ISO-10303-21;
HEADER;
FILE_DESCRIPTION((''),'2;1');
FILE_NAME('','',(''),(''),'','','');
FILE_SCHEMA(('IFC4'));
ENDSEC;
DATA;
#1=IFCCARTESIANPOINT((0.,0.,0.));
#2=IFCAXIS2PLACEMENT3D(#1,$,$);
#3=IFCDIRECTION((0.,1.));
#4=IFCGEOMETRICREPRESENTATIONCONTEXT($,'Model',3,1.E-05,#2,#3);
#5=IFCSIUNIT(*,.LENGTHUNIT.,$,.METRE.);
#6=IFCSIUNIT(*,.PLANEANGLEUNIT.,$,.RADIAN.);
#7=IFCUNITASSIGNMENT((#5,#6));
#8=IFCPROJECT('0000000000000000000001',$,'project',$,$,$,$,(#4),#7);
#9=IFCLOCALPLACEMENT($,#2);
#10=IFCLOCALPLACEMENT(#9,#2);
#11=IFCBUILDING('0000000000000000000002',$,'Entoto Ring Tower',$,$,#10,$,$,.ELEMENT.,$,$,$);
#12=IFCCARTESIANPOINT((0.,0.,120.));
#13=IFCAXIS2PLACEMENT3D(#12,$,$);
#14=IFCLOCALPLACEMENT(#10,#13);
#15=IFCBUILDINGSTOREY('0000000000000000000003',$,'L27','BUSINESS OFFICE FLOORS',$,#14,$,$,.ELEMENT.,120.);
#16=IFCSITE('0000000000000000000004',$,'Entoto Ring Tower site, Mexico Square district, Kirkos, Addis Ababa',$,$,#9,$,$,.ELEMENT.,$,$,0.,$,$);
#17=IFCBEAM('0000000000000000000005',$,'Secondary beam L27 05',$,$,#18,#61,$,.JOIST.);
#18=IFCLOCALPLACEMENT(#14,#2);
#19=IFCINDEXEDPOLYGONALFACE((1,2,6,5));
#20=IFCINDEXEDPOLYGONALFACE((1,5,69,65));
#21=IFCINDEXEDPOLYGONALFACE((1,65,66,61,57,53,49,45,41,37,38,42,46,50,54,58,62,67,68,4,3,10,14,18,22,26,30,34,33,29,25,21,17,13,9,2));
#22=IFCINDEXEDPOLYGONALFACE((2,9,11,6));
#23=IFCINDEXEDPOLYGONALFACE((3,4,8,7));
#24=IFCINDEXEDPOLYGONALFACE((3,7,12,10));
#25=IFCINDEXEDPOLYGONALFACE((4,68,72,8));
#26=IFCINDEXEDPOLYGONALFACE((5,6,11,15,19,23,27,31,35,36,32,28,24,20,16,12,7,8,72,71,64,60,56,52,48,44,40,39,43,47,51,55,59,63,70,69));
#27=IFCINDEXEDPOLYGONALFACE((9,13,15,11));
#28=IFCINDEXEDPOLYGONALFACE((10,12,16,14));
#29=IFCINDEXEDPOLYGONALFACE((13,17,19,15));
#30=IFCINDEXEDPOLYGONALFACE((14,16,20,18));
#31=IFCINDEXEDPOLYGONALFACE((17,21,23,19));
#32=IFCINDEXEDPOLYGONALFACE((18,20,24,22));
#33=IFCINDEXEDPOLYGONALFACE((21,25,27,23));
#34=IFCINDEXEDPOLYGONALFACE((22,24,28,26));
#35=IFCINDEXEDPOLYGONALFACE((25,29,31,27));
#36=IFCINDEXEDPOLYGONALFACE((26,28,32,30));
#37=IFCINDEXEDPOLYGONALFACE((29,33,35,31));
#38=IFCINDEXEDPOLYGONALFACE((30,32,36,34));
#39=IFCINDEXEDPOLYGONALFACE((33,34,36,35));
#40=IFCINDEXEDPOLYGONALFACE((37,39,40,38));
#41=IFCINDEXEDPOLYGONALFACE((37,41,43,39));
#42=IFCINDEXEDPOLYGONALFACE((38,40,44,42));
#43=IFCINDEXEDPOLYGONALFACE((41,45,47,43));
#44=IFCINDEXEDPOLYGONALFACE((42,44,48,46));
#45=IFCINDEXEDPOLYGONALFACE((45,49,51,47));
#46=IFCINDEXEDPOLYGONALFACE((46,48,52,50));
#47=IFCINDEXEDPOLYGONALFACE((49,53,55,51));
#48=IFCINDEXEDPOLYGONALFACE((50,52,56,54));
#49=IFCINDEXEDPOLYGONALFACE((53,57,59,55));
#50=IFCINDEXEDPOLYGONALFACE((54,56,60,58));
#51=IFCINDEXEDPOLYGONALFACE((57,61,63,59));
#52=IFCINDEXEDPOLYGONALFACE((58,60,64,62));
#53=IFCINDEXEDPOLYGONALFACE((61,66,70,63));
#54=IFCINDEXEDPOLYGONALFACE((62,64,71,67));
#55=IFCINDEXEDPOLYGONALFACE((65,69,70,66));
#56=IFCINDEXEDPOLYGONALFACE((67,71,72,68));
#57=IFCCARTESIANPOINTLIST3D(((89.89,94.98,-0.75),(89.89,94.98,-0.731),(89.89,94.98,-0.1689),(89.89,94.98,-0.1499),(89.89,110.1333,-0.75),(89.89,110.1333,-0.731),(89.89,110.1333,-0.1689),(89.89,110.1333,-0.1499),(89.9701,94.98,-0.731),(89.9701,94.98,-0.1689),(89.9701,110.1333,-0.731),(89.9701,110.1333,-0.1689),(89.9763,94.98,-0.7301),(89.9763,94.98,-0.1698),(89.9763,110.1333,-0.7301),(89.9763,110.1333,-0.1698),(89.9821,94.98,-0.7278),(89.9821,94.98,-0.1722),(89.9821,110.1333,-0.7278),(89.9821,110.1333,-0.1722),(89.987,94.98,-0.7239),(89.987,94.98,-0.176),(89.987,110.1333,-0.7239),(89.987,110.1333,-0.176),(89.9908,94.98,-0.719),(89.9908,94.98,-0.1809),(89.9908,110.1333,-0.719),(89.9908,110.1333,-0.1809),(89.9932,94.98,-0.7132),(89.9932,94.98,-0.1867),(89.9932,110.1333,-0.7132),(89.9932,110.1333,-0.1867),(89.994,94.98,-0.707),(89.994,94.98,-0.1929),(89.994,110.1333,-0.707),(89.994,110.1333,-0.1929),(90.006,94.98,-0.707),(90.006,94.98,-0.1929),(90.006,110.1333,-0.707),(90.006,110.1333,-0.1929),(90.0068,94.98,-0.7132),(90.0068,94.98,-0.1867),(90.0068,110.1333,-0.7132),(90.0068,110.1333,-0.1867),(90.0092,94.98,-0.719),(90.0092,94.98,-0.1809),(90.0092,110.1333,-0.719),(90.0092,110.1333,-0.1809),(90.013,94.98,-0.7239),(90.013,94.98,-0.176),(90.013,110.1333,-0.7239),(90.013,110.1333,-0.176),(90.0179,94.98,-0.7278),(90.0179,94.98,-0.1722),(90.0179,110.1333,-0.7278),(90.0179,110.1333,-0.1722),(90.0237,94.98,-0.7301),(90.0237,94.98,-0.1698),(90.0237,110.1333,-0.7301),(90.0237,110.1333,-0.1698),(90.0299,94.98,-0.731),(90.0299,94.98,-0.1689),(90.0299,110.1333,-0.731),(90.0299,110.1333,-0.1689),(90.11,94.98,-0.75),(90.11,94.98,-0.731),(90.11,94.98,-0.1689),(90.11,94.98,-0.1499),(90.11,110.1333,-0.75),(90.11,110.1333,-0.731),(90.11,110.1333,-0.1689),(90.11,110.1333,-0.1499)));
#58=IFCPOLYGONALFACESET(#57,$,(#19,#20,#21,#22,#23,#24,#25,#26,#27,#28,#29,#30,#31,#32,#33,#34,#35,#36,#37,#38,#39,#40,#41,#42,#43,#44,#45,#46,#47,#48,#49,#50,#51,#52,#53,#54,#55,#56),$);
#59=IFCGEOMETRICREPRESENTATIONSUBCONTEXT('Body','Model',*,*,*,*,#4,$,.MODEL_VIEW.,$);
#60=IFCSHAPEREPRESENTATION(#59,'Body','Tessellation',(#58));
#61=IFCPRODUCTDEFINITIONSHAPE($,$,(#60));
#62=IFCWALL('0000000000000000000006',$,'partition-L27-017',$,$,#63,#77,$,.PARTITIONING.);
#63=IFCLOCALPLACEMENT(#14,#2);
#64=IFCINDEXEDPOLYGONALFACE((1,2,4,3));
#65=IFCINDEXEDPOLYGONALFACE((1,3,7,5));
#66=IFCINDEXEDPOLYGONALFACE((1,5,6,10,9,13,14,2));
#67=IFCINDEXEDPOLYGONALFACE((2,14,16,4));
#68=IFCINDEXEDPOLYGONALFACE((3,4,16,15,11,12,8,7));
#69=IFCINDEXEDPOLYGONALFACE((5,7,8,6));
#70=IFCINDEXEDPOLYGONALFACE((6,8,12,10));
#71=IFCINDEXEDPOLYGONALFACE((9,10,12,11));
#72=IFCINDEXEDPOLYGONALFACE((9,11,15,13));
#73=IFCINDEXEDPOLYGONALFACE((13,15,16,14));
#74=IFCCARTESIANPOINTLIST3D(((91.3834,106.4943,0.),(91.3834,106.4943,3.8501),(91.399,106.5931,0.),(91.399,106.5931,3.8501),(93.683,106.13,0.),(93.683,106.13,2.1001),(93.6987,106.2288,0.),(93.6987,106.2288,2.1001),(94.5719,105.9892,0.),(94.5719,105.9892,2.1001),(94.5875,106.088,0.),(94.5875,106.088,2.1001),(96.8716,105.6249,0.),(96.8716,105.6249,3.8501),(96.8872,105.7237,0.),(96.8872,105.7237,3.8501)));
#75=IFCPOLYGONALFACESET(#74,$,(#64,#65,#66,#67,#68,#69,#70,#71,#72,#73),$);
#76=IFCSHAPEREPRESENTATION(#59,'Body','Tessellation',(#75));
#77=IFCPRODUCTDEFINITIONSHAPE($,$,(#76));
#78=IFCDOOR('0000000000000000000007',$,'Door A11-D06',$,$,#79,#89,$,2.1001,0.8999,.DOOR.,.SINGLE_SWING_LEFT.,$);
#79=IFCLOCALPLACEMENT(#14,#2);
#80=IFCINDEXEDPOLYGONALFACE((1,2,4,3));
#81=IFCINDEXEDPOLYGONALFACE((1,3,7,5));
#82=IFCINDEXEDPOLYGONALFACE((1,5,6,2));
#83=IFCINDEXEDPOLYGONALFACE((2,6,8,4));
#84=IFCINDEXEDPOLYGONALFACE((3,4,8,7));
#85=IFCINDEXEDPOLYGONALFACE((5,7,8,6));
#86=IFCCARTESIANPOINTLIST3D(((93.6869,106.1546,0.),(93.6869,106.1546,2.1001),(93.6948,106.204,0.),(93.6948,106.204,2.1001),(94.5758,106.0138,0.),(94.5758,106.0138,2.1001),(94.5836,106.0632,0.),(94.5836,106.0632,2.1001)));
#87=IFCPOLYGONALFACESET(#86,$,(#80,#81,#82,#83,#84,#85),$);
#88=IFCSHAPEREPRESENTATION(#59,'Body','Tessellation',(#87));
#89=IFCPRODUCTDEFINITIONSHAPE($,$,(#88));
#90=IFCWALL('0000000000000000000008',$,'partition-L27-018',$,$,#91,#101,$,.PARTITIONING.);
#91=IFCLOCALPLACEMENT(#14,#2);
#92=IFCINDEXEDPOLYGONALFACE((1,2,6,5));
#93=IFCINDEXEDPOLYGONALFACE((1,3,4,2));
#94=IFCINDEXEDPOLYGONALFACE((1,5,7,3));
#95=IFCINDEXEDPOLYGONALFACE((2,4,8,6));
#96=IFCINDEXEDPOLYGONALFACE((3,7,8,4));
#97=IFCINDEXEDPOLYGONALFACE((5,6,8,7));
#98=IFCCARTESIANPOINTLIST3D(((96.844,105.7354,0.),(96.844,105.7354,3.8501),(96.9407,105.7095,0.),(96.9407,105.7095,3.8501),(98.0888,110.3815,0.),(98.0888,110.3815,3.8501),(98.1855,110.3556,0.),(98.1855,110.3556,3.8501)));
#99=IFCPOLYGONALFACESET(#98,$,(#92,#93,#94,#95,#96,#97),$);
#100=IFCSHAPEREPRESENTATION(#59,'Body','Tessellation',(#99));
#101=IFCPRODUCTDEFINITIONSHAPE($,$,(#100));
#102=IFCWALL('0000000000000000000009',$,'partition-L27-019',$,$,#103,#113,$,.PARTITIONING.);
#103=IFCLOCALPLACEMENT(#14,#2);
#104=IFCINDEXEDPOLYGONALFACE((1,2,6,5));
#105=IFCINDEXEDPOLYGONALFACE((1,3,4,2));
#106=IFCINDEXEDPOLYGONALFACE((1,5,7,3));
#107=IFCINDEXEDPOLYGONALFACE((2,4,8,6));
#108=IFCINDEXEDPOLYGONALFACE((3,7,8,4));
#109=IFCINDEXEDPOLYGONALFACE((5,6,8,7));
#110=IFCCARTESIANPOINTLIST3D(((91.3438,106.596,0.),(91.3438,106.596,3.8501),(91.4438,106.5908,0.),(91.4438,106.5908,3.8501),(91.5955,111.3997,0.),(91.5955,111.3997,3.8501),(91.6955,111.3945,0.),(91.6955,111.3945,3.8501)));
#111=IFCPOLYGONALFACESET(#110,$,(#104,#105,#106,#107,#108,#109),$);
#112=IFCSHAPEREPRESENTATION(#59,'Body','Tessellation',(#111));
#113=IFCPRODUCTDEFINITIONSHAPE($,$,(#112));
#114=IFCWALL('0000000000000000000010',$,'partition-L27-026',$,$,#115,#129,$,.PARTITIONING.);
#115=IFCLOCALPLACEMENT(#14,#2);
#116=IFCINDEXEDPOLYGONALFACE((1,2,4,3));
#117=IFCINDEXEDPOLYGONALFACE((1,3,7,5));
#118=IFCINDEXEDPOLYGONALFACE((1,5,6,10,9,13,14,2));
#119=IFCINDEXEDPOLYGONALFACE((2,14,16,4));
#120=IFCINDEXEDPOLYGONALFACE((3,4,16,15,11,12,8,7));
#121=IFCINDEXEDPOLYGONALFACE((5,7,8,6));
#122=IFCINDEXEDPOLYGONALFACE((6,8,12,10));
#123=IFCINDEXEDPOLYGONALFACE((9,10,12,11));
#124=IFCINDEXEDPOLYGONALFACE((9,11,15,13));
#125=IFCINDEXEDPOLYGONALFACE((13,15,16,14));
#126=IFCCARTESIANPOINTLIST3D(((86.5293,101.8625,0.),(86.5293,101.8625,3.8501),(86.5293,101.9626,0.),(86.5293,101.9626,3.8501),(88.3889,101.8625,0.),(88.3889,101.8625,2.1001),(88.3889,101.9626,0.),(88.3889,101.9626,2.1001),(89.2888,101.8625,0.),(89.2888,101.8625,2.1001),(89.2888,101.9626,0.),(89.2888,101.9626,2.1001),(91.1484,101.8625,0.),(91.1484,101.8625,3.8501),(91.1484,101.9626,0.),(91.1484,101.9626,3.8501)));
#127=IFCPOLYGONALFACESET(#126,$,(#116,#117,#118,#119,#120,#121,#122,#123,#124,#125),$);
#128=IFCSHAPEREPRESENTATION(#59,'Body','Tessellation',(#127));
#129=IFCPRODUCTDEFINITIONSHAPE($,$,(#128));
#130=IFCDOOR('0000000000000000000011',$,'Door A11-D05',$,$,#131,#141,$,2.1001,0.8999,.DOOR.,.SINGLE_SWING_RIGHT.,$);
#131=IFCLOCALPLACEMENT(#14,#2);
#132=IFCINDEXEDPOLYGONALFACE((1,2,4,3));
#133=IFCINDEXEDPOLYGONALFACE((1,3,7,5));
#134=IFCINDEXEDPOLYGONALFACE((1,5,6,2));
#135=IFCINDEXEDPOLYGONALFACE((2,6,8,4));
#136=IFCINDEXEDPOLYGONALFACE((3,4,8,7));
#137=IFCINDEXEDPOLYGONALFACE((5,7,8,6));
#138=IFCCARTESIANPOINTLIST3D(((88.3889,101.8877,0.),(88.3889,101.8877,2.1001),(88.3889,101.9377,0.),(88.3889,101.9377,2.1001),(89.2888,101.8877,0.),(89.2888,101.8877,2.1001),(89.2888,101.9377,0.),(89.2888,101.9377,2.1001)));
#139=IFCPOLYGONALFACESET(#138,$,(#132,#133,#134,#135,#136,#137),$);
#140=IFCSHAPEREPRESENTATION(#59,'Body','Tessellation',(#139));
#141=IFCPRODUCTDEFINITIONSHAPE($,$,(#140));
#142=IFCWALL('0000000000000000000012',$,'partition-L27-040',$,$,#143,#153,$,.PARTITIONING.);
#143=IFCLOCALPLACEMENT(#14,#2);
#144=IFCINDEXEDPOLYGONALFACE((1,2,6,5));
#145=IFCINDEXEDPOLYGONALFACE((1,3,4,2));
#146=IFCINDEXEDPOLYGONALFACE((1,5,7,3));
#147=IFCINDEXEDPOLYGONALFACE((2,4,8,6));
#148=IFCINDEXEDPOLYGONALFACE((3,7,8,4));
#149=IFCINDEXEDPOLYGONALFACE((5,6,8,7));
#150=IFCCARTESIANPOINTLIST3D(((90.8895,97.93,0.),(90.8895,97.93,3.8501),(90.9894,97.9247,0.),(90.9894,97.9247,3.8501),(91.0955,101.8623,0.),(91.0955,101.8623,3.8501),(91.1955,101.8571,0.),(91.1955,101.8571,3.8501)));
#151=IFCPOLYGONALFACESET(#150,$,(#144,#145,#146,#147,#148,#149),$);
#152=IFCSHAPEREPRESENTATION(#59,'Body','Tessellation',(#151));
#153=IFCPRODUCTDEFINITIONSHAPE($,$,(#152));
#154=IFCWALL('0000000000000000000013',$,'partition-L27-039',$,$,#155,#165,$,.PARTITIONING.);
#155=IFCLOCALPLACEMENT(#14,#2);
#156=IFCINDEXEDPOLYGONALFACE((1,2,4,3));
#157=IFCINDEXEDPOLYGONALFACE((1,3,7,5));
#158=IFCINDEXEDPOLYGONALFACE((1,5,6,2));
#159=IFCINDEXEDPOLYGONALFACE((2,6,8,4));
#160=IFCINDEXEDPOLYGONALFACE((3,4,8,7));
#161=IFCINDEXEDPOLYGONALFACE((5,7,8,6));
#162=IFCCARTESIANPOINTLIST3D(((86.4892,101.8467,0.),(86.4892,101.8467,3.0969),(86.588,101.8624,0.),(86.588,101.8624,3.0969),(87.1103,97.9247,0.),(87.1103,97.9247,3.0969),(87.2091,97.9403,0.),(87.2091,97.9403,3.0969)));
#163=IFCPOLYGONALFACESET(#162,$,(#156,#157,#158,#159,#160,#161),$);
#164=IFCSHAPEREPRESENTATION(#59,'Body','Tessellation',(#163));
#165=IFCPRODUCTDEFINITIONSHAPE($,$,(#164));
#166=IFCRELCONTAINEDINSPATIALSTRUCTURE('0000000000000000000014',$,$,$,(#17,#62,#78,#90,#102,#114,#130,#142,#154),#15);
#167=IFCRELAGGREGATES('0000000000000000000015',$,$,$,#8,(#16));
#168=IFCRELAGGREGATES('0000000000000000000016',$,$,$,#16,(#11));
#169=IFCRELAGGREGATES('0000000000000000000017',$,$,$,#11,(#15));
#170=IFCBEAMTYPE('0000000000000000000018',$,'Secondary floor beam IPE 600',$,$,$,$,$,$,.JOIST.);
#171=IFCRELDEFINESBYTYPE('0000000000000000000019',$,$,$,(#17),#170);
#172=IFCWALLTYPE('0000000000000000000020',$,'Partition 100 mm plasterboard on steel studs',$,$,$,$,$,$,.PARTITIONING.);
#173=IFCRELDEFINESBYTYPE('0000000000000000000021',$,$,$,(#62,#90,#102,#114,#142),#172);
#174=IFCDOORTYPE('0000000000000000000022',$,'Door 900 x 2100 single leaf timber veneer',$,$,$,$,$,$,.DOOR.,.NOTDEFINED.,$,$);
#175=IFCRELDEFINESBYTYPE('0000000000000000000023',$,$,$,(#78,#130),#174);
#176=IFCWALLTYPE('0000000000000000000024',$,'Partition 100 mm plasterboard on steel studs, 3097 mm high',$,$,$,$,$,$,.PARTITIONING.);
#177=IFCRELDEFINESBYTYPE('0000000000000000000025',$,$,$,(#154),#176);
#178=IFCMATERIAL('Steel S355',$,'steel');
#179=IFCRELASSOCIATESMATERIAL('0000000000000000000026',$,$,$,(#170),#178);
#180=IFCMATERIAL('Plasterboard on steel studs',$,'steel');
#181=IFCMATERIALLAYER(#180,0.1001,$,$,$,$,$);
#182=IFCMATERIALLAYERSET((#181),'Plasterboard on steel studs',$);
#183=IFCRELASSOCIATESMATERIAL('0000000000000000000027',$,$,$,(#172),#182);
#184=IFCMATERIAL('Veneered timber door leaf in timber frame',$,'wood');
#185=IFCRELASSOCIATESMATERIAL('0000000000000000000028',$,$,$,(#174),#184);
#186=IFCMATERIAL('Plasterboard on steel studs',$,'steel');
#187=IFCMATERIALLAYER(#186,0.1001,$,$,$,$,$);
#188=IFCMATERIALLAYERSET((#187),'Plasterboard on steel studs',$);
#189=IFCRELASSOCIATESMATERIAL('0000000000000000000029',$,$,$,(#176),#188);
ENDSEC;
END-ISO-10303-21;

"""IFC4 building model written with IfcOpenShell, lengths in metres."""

from ifc_helpers import new_model, si_unit, direction, frame, frame_2d, origin, origin_2d, place, context, subcontext, project, spatial, rectangle, i_section, extrude, material, layer, layer_set, material_profile, profile_set, type_object, element, fill, save


model = new_model("IFC4")

# Units and contexts
model_context = context("Model", 3, precision=1e-05, world=origin(), true_north=direction((0.0, 1.0)))
body_context = subcontext(model_context, "Body", "Model", "MODEL_VIEW")
ifc_project = project(units=[si_unit("LENGTHUNIT", "METRE"), si_unit("PLANEANGLEUNIT", "RADIAN")], contexts=[model_context])

# Site, building, storey
site_placement = place(None, origin())
site = spatial("IfcSite", under=ifc_project, at=site_placement, Name="Entoto Ring Tower site, Mexico Square district, Kirkos, Addis Ababa", CompositionType="ELEMENT", RefElevation=0.0)
building_placement = place(site_placement, origin())
building = spatial("IfcBuilding", under=site, at=building_placement, Name="Entoto Ring Tower", CompositionType="ELEMENT")
storey_placement = place(building_placement, frame((0.0, 0.0, 120.0)))
storey = spatial("IfcBuildingStorey", under=building, at=storey_placement, Name="L27", Description="BUSINESS OFFICE FLOORS", CompositionType="ELEMENT", Elevation=120.0)

# Beam
ifc_material_1 = material(Name="Steel S355", Category="steel")
ifc_material_profile_1 = material_profile(ifc_material_1, i_section(OverallWidth=0.22, OverallDepth=0.6001, WebThickness=0.012, FlangeThickness=0.019, FilletRadius=0.0239, at=origin_2d()), Name="IPE 600")
ifc_profile_set_1 = profile_set([ifc_material_profile_1], Name="Steel S355")
beam_type_1 = type_object("IfcBeamType", Name="Secondary floor beam IPE 600", PredefinedType="JOIST", material=ifc_profile_set_1)
beam_1_placement = place(storey_placement, frame((90.0, 94.98, -0.45), z_axis=(0.0, 1.0, 0.0), x_axis=(-1.0, 0.0, 0.0)))
element("IfcBeam", 1, at=beam_1_placement, inside=storey, type_object=beam_type_1, Name="Secondary beam L27 05", PredefinedType="JOIST", context=body_context, shape_type="SweptSolid", body=[
    extrude(i_section(OverallWidth=0.22, OverallDepth=0.6001, WebThickness=0.012, FlangeThickness=0.019, FilletRadius=0.0239, at=origin_2d()), origin(), (0.0, 0.0, 1.0), 15.1533),
])

# Wall, opening, door
ifc_material_2 = material(Name="Plasterboard on steel studs", Category="steel")
ifc_layer_1 = layer(ifc_material_2, 0.1001)
ifc_layer_set_1 = layer_set([ifc_layer_1], Name="Plasterboard on steel studs")
wall_type_1 = type_object("IfcWallType", Name="Partition 100 mm plasterboard on steel studs", PredefinedType="PARTITIONING", material=ifc_layer_set_1)
wall_1_placement = place(storey_placement, frame((96.8794, 105.6743, 0.0), z_axis=(0.0, 0.0, 1.0), x_axis=(-0.987685, 0.156457, 0.0)))
wall_1 = element("IfcWall", 2, at=wall_1_placement, inside=storey, type_object=wall_type_1, Name="partition-L27-017", PredefinedType="PARTITIONING", context=body_context, shape_type="SweptSolid", body=[
    extrude(rectangle(XDim=5.5566, YDim=0.1001, at=frame_2d((2.7783, 0.0))), origin(), (0.0, 0.0, 1.0), 3.8501),
])
opening_1_placement = place(wall_1_placement, frame((2.3284, 0.0, 0.0)))
opening_1 = element("IfcOpeningElement", 3, at=opening_1_placement, cuts=wall_1, PredefinedType="OPENING", context=body_context, shape_type="SweptSolid", body=[
    extrude(rectangle(XDim=0.8999, YDim=2.1001, at=frame_2d((0.45, 1.05))), frame((0.0, 0.0601, 0.0), z_axis=(0.0, -1.0, 0.0), x_axis=(1.0, 0.0, 0.0)), (0.0, 0.0, 1.0), 0.1201),
])
ifc_material_3 = material(Name="Veneered timber door leaf in timber frame", Category="wood")
door_type = type_object("IfcDoorType", Name="Door 900 x 2100 single leaf timber veneer", OperationType="NOTDEFINED", PredefinedType="DOOR", material=ifc_material_3)
door_1_placement = place(opening_1_placement, frame((0.8999, 0.0, 0.0), z_axis=(0.0, 0.0, 1.0), x_axis=(-1.0, 0.0, 0.0)))
door_1 = element("IfcDoor", 4, at=door_1_placement, inside=storey, type_object=door_type, Name="Door A11-D06", OperationType="SINGLE_SWING_LEFT", OverallHeight=2.1001, OverallWidth=0.8999, PredefinedType="DOOR", context=body_context, shape_type="SweptSolid", body=[
    extrude(rectangle(XDim=0.8999, YDim=2.1001, at=frame_2d((0.45, 1.05))), frame((0.0, 0.0249, 0.0), z_axis=(0.0, -1.0, 0.0), x_axis=(1.0, 0.0, 0.0)), (0.0, 0.0, 1.0), 0.05),
])
fill(opening_1, door_1)

# Walls
wall_2_placement = place(storey_placement, frame((96.8923, 105.7224, 0.0), z_axis=(0.0, 0.0, 1.0), x_axis=(0.258803, 0.96593, 0.0)))
element("IfcWall", 5, at=wall_2_placement, inside=storey, type_object=wall_type_1, Name="partition-L27-018", PredefinedType="PARTITIONING", context=body_context, shape_type="SweptSolid", body=[
    extrude(rectangle(XDim=4.8101, YDim=0.1001, at=frame_2d((2.405, 0.0))), origin(), (0.0, 0.0, 1.0), 3.8501),
])
wall_3_placement = place(storey_placement, frame((91.3938, 106.5933, 0.0), z_axis=(0.0, 0.0, 1.0), x_axis=(0.052327, 0.99863, 0.0)))
element("IfcWall", 6, at=wall_3_placement, inside=storey, type_object=wall_type_1, Name="partition-L27-019", PredefinedType="PARTITIONING", context=body_context, shape_type="SweptSolid", body=[
    extrude(rectangle(XDim=4.8103, YDim=0.1001, at=frame_2d((2.4053, 0.0))), origin(), (0.0, 0.0, 1.0), 3.8501),
])

# Wall, opening, door
wall_4_placement = place(storey_placement, frame((86.5293, 101.9126, 0.0), z_axis=(0.0, 0.0, 1.0), x_axis=(1.0, 0.0, 0.0)))
wall_4 = element("IfcWall", 7, at=wall_4_placement, inside=storey, type_object=wall_type_1, Name="partition-L27-026", PredefinedType="PARTITIONING", context=body_context, shape_type="SweptSolid", body=[
    extrude(rectangle(XDim=4.6191, YDim=0.1001, at=frame_2d((2.3096, 0.0))), origin(), (0.0, 0.0, 1.0), 3.8501),
])
opening_2_placement = place(wall_4_placement, frame((1.8596, 0.0, 0.0)))
opening_2 = element("IfcOpeningElement", 8, at=opening_2_placement, cuts=wall_4, PredefinedType="OPENING", context=body_context, shape_type="SweptSolid", body=[
    extrude(rectangle(XDim=0.8999, YDim=2.1001, at=frame_2d((0.45, 1.05))), frame((0.0, 0.0601, 0.0), z_axis=(0.0, -1.0, 0.0), x_axis=(1.0, 0.0, 0.0)), (0.0, 0.0, 1.0), 0.1201),
])
door_2_placement = place(opening_2_placement, frame((0.8999, 0.0, 0.0), z_axis=(0.0, 0.0, 1.0), x_axis=(-1.0, 0.0, 0.0)))
door_2 = element("IfcDoor", 9, at=door_2_placement, inside=storey, type_object=door_type, Name="Door A11-D05", OperationType="SINGLE_SWING_RIGHT", OverallHeight=2.1001, OverallWidth=0.8999, PredefinedType="DOOR", context=body_context, shape_type="SweptSolid", body=[
    extrude(rectangle(XDim=0.8999, YDim=2.1001, at=frame_2d((0.45, 1.05))), frame((0.0, 0.0249, 0.0), z_axis=(0.0, -1.0, 0.0), x_axis=(1.0, 0.0, 0.0)), (0.0, 0.0, 1.0), 0.05),
])
fill(opening_2, door_2)

# Walls
wall_5_placement = place(storey_placement, frame((90.9395, 97.9275, 0.0), z_axis=(0.0, 0.0, 1.0), x_axis=(0.052328, 0.99863, 0.0)))
element("IfcWall", 10, at=wall_5_placement, inside=storey, type_object=wall_type_1, Name="partition-L27-040", PredefinedType="PARTITIONING", context=body_context, shape_type="SweptSolid", body=[
    extrude(rectangle(XDim=3.9377, YDim=0.1001, at=frame_2d((1.9688, 0.0))), origin(), (0.0, 0.0, 1.0), 3.8501),
])
ifc_material_4 = material(Name="Plasterboard on steel studs", Category="steel")
ifc_layer_2 = layer(ifc_material_4, 0.1001)
ifc_layer_set_2 = layer_set([ifc_layer_2], Name="Plasterboard on steel studs")
wall_type_2 = type_object("IfcWallType", Name="Partition 100 mm plasterboard on steel studs, 3097 mm high", PredefinedType="PARTITIONING", material=ifc_layer_set_2)
wall_6_placement = place(storey_placement, frame((87.1597, 97.9326, 0.0), z_axis=(0.0, 0.0, 1.0), x_axis=(-0.156408, 0.987693, 0.0)))
element("IfcWall", 11, at=wall_6_placement, inside=storey, type_object=wall_type_2, Name="partition-L27-039", PredefinedType="PARTITIONING", context=body_context, shape_type="SweptSolid", body=[
    extrude(rectangle(XDim=3.9709, YDim=0.1001, at=frame_2d((1.9854, 0.0))), origin(), (0.0, 0.0, 1.0), 3.0969),
])

save(model, "model.ifc")
